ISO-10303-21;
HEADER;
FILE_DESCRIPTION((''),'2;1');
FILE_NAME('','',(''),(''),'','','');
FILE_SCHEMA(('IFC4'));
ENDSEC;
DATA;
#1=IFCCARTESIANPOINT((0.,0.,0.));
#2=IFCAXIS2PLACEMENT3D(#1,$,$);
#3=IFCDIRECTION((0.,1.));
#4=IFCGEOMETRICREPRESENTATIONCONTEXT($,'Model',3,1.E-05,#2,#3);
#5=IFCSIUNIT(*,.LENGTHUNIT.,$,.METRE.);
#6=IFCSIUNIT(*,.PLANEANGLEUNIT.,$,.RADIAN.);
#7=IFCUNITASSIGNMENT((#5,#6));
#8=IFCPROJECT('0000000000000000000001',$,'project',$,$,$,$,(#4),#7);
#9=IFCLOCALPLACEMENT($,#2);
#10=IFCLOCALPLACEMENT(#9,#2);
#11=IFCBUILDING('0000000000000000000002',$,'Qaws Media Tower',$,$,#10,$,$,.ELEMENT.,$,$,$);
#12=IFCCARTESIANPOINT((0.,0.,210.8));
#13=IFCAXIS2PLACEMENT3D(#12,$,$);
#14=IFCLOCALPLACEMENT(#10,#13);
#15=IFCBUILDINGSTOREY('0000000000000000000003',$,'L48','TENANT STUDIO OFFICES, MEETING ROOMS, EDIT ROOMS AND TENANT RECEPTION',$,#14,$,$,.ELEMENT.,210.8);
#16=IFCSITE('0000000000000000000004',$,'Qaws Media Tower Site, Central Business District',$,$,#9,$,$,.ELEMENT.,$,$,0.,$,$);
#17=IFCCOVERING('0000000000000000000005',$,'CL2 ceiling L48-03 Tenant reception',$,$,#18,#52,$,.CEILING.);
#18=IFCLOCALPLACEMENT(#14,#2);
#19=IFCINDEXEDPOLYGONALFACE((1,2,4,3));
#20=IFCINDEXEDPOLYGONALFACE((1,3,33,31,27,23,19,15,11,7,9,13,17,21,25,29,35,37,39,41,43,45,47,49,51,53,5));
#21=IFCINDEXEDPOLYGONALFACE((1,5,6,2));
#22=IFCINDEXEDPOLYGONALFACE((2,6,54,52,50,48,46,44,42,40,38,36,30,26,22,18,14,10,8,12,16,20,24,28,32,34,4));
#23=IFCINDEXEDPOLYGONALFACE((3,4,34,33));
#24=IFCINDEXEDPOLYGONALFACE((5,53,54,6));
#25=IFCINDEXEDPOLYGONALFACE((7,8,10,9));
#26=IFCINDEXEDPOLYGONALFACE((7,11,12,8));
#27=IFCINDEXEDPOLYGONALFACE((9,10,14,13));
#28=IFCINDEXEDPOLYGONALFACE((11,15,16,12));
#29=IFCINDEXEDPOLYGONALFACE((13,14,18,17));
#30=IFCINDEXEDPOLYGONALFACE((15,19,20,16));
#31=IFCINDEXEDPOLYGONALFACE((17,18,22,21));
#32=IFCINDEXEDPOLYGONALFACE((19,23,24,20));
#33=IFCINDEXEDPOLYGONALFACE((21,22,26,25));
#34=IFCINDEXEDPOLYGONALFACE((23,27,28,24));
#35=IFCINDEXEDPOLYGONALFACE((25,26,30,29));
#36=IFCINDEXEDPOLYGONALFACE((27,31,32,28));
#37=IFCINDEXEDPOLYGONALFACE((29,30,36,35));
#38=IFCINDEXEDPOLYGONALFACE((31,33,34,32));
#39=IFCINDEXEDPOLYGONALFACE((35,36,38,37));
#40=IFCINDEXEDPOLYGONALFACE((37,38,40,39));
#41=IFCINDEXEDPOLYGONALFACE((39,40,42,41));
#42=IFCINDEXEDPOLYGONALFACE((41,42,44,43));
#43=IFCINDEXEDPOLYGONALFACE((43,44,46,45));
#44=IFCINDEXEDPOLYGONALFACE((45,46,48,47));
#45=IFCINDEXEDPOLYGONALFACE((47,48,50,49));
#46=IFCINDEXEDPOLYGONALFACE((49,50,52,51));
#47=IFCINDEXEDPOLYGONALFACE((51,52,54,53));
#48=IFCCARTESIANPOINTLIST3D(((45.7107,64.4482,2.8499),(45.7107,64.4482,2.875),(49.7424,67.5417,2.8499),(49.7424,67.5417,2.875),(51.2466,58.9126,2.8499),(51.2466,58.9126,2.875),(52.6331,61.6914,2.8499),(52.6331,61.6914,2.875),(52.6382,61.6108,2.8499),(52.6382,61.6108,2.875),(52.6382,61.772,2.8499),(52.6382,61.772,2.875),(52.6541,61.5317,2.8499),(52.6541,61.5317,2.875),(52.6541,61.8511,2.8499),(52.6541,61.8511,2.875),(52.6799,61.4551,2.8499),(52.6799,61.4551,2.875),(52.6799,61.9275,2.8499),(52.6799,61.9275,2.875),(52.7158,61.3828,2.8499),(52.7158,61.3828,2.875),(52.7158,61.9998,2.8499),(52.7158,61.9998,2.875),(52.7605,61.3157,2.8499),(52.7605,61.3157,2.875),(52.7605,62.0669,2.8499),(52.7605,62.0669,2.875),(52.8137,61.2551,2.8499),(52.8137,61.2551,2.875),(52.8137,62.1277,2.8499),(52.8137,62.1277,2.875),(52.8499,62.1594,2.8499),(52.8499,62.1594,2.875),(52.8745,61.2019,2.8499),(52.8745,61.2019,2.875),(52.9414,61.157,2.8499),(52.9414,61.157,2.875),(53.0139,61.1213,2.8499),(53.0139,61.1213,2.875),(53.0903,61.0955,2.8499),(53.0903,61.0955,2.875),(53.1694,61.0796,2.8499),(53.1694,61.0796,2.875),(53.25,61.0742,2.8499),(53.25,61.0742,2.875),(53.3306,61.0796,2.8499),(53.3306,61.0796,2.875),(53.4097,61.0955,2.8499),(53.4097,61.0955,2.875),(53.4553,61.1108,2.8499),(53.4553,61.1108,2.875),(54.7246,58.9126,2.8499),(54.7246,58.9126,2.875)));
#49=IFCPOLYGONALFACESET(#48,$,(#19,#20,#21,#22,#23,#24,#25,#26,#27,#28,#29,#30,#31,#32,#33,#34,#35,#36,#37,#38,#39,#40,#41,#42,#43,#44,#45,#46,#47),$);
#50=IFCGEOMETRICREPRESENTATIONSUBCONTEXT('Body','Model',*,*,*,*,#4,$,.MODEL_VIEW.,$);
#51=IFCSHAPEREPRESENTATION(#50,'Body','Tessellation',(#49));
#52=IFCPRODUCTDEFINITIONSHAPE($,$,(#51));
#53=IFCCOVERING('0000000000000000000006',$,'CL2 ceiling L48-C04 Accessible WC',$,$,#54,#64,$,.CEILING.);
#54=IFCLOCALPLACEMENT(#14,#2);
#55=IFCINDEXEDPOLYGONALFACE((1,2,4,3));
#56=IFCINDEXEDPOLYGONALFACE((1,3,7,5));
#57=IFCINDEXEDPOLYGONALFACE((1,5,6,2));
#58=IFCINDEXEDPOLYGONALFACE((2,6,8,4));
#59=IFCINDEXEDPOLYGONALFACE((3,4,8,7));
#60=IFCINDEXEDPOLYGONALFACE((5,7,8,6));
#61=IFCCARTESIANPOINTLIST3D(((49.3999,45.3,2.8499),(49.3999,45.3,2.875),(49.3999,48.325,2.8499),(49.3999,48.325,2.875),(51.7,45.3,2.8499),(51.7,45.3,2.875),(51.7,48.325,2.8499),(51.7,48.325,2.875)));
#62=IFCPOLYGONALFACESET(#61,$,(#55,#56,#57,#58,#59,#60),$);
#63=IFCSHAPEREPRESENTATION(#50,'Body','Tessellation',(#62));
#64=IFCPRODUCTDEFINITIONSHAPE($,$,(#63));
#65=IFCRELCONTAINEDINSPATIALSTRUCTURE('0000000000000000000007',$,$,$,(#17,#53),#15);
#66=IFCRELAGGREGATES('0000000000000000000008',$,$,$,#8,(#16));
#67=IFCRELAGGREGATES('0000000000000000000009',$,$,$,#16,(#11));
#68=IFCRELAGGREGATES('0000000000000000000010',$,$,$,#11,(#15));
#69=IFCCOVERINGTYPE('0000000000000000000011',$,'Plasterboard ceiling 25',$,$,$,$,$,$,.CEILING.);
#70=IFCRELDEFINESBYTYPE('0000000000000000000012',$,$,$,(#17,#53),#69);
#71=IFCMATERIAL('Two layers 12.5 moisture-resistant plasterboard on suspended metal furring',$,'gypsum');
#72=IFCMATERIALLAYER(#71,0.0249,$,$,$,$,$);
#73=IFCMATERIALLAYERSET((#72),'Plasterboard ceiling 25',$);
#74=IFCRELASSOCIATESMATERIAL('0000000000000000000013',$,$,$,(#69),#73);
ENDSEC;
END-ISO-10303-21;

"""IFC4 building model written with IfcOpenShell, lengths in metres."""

from ifc_helpers import new_model, si_unit, direction, frame, origin, place, context, subcontext, project, spatial, polyline, outline, extrude, material, layer, layer_set, type_object, element, save


model = new_model("IFC4")

# Units and contexts
model_context = context("Model", 3, precision=1e-05, world=origin(), true_north=direction((0.0, 1.0)))
body_context = subcontext(model_context, "Body", "Model", "MODEL_VIEW")
ifc_project = project(units=[si_unit("LENGTHUNIT", "METRE"), si_unit("PLANEANGLEUNIT", "RADIAN")], contexts=[model_context])

# Site, building, storey
site_placement = place(None, origin())
site = spatial("IfcSite", under=ifc_project, at=site_placement, Name="Qaws Media Tower Site, Central Business District", CompositionType="ELEMENT", RefElevation=0.0)
building_placement = place(site_placement, origin())
building = spatial("IfcBuilding", under=site, at=building_placement, Name="Qaws Media Tower", CompositionType="ELEMENT")
storey_placement = place(building_placement, frame((0.0, 0.0, 210.8)))
storey = spatial("IfcBuildingStorey", under=building, at=storey_placement, Name="L48", Description="TENANT STUDIO OFFICES, MEETING ROOMS, EDIT ROOMS AND TENANT RECEPTION", CompositionType="ELEMENT", Elevation=210.8)

# Coverings
ifc_material_1 = material(Name="Two layers 12.5 moisture-resistant plasterboard on suspended metal furring", Category="gypsum")
ifc_layer_1 = layer(ifc_material_1, 0.0249)
ifc_layer_set_1 = layer_set([ifc_layer_1], Name="Plasterboard ceiling 25")
covering_type_1 = type_object("IfcCoveringType", Name="Plasterboard ceiling 25", PredefinedType="CEILING", material=ifc_layer_set_1)
covering_1_placement = place(storey_placement, frame((0.0, 0.0, 2.8499)))
element("IfcCovering", 1, at=covering_1_placement, inside=storey, type_object=covering_type_1, Name="CL2 ceiling L48-03 Tenant reception", PredefinedType="CEILING", context=body_context, shape_type="SweptSolid", body=[
    extrude(outline(polyline([(49.7424, 67.5417), (52.8499, 62.1594), (52.8137, 62.1277), (52.7605, 62.0669), (52.7158, 61.9998), (52.6799, 61.9275), (52.6541, 61.8511), (52.6382, 61.772), (52.6331, 61.6914), (52.6382, 61.6108), (52.6541, 61.5317), (52.6799, 61.4551), (52.7158, 61.3828), (52.7605, 61.3157), (52.8137, 61.2551), (52.8745, 61.2019), (52.9414, 61.157), (53.0139, 61.1213), (53.0903, 61.0955), (53.1694, 61.0796), (53.25, 61.0742), (53.3306, 61.0796), (53.4097, 61.0955), (53.4553, 61.1108), (54.7246, 58.9126), (51.2466, 58.9126), (45.7107, 64.4482), (49.7424, 67.5417)])), origin(), (0.0, 0.0, 1.0), 0.0251),
])
covering_2_placement = place(storey_placement, frame((0.0, 0.0, 2.8499)))
element("IfcCovering", 2, at=covering_2_placement, inside=storey, type_object=covering_type_1, Name="CL2 ceiling L48-C04 Accessible WC", PredefinedType="CEILING", context=body_context, shape_type="SweptSolid", body=[
    extrude(outline(polyline([(49.3999, 45.3), (49.3999, 48.325), (51.7, 48.325), (51.7, 45.3), (49.3999, 45.3)])), origin(), (0.0, 0.0, 1.0), 0.0251),
])

save(model, "model.ifc")
